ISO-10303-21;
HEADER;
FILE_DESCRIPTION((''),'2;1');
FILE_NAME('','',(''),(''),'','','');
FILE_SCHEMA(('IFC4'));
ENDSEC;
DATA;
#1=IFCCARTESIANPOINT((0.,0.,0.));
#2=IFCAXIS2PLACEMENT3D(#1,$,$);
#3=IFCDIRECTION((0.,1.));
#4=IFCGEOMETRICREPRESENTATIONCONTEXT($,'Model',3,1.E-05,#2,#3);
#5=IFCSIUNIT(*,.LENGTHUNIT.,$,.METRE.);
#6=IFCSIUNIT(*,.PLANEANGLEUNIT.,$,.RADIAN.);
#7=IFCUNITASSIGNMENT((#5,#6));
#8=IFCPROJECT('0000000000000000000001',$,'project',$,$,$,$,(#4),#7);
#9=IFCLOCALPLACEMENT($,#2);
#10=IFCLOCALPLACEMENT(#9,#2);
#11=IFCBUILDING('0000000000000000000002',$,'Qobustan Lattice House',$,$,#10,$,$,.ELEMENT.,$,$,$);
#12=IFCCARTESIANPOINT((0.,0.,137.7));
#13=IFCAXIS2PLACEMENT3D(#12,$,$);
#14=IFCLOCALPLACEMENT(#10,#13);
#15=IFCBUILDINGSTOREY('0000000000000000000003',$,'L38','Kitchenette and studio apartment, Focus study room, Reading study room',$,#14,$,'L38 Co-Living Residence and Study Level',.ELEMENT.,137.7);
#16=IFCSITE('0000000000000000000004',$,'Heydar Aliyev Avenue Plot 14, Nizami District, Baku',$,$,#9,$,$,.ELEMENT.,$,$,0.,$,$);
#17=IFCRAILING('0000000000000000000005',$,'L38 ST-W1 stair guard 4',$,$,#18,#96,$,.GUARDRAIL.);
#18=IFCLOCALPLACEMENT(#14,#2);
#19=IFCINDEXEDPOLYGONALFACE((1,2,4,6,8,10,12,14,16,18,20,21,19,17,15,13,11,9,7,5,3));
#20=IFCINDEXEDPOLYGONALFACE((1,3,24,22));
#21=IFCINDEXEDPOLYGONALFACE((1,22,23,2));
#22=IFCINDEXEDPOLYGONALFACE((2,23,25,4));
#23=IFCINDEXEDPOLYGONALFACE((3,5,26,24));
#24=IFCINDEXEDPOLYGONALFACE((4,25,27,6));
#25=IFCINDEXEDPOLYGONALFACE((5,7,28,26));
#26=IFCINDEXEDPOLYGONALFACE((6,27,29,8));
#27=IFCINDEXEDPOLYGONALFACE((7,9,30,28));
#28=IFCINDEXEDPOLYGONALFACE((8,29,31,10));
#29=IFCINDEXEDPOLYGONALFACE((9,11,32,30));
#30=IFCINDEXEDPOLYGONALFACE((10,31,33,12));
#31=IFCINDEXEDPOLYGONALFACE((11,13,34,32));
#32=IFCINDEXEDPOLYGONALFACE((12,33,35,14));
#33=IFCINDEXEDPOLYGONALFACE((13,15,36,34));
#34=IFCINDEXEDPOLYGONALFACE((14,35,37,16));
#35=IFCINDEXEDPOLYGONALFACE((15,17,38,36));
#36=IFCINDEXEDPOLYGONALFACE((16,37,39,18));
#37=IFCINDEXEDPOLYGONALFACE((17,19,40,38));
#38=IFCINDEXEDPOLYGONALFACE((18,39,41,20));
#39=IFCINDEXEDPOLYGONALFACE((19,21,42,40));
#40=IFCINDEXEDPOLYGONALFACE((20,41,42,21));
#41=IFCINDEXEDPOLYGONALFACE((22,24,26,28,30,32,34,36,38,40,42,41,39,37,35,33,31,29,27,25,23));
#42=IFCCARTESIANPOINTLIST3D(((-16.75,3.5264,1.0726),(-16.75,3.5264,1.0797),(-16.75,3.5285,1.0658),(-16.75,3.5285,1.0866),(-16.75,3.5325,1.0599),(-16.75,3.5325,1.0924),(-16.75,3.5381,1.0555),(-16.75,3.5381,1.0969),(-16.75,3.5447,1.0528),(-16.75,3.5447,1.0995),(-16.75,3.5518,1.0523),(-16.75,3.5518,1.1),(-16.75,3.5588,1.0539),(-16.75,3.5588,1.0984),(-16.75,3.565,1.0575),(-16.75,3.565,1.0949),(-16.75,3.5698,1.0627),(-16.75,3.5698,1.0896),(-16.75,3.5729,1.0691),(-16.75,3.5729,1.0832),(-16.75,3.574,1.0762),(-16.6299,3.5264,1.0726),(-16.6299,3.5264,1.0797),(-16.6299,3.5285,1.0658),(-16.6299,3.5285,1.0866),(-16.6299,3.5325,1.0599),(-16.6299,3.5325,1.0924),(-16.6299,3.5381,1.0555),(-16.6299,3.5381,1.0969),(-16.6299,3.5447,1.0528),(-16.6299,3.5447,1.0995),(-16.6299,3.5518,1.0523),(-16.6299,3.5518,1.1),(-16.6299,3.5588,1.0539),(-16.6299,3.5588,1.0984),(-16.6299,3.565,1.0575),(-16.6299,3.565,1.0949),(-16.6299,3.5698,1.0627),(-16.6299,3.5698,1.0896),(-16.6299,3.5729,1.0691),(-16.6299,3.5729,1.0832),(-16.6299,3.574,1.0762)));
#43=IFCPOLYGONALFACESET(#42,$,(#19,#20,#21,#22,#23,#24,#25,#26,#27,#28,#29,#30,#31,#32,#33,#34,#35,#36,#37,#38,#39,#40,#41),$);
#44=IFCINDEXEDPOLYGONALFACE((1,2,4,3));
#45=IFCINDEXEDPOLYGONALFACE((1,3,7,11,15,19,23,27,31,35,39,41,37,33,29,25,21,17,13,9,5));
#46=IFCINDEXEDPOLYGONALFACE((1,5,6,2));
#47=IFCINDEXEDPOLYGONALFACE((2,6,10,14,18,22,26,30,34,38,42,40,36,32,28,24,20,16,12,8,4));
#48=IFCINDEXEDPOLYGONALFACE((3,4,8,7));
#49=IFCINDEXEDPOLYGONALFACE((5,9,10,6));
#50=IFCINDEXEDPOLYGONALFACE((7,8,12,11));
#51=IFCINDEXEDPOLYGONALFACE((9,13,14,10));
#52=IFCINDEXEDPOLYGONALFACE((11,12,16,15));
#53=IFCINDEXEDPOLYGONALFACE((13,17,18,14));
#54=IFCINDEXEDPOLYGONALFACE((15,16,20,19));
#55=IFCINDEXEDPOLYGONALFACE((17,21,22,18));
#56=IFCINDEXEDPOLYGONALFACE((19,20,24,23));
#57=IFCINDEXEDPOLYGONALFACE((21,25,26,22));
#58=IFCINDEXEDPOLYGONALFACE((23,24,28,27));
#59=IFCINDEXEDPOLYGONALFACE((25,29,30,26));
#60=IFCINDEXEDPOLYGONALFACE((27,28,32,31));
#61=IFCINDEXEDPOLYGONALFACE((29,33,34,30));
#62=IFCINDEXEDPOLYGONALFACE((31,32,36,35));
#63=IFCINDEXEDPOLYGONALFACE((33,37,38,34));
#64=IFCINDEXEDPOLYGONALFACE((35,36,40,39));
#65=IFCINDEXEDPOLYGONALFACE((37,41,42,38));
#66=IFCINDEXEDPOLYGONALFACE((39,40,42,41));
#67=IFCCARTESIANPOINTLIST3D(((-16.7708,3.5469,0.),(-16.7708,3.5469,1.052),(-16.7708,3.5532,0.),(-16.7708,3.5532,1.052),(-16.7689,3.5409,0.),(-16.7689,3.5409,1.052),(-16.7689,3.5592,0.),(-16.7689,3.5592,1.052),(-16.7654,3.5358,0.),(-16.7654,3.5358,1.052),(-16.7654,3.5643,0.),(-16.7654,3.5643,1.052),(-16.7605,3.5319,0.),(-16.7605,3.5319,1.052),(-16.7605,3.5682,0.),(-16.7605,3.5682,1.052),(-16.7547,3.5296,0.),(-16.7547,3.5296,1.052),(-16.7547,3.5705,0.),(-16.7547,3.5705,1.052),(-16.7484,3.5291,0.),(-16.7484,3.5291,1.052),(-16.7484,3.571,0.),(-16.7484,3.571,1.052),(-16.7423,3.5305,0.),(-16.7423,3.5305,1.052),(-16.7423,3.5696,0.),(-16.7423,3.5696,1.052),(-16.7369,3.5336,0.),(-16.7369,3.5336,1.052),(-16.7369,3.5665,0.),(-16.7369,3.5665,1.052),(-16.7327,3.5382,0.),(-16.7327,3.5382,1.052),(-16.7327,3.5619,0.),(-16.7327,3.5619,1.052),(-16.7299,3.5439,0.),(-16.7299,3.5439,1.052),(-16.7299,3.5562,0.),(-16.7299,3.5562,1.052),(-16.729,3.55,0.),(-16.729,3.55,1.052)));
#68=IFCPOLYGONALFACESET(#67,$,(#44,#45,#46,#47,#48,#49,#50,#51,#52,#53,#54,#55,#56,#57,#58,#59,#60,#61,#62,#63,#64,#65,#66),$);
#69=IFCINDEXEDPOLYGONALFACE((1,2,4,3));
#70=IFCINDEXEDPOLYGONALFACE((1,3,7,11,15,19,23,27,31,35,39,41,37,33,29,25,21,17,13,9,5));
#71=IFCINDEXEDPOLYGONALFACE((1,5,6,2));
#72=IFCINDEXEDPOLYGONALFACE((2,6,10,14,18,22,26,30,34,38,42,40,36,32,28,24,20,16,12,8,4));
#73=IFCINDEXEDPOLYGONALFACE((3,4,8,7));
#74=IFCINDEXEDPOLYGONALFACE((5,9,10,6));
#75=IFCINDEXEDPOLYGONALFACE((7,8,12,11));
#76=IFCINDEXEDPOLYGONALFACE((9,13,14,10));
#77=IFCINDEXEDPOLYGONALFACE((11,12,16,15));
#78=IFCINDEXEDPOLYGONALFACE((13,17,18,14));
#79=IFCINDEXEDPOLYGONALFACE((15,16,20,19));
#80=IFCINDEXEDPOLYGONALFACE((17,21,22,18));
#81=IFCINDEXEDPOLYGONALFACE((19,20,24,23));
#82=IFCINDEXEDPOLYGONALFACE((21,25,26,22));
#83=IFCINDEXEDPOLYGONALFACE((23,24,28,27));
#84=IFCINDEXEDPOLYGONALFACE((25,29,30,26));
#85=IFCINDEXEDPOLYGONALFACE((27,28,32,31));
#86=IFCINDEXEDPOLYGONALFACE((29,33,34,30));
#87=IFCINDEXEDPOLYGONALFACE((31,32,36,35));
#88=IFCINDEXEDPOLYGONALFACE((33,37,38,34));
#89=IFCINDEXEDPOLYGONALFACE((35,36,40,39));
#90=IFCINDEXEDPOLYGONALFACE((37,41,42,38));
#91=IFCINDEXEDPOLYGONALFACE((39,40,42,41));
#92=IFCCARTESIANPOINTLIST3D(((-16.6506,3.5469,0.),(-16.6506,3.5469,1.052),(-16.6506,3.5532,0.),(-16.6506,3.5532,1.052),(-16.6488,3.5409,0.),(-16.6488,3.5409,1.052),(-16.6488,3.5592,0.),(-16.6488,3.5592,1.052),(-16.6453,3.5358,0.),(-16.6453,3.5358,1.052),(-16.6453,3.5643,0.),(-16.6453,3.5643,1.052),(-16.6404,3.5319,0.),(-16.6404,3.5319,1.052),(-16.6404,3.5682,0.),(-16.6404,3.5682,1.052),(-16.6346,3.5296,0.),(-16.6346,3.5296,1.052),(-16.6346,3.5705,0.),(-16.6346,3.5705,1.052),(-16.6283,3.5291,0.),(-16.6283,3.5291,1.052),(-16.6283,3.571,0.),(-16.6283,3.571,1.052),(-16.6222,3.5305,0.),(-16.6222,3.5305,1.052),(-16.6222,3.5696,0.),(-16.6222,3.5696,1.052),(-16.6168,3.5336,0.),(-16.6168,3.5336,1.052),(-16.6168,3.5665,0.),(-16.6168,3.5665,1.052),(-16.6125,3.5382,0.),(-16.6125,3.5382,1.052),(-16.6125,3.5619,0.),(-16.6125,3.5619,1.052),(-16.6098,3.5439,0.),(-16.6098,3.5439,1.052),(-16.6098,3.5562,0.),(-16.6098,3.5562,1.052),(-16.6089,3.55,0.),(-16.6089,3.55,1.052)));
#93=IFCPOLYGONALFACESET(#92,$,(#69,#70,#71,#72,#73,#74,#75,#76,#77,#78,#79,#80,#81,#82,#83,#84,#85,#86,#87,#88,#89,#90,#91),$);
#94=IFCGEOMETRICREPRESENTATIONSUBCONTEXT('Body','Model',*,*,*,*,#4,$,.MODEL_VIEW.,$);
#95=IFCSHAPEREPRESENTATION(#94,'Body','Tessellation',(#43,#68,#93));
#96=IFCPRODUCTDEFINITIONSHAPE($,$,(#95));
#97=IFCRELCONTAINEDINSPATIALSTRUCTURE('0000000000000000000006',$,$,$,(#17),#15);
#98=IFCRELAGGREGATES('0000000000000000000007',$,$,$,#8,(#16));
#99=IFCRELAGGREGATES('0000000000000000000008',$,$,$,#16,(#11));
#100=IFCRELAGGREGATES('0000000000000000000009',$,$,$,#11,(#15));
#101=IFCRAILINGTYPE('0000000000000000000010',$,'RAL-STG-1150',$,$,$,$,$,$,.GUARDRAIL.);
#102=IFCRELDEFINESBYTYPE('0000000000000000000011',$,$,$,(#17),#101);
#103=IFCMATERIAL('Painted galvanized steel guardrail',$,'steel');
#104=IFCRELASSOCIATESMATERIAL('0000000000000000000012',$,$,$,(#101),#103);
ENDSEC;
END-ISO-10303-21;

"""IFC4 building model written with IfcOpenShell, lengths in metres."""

from ifc_helpers import new_model, si_unit, direction, frame, origin, origin_2d, place, context, subcontext, project, spatial, circle, extrude, material, type_object, element, save


model = new_model("IFC4")

# Units and contexts
model_context = context("Model", 3, precision=1e-05, world=origin(), true_north=direction((0.0, 1.0)))
body_context = subcontext(model_context, "Body", "Model", "MODEL_VIEW")
ifc_project = project(units=[si_unit("LENGTHUNIT", "METRE"), si_unit("PLANEANGLEUNIT", "RADIAN")], contexts=[model_context])

# Site, building, storey
site_placement = place(None, origin())
site = spatial("IfcSite", under=ifc_project, at=site_placement, Name="Heydar Aliyev Avenue Plot 14, Nizami District, Baku", CompositionType="ELEMENT", RefElevation=0.0)
building_placement = place(site_placement, origin())
building = spatial("IfcBuilding", under=site, at=building_placement, Name="Qobustan Lattice House", CompositionType="ELEMENT")
storey_placement = place(building_placement, frame((0.0, 0.0, 137.7)))
storey = spatial("IfcBuildingStorey", under=building, at=storey_placement, Name="L38", Description="Kitchenette and studio apartment, Focus study room, Reading study room", LongName="L38 Co-Living Residence and Study Level", CompositionType="ELEMENT", Elevation=137.7)

# Railing
ifc_material_1 = material(Name="Painted galvanized steel guardrail", Category="steel")
railing_type_1 = type_object("IfcRailingType", Name="RAL-STG-1150", PredefinedType="GUARDRAIL", material=ifc_material_1)
railing_1_placement = place(storey_placement, frame((-16.75, 3.55, 0.0)))
element("IfcRailing", 1, at=railing_1_placement, inside=storey, type_object=railing_type_1, Name="L38 ST-W1 stair guard 4", PredefinedType="GUARDRAIL", context=body_context, shape_type="SweptSolid", body=[
    extrude(circle(Radius=0.0239, at=origin_2d()), frame((0.0, 0.0, 1.0762), z_axis=(1.0, 0.0, 0.0), x_axis=(0.0, 1.0, 0.0)), (0.0, 0.0, 1.0), 0.1201),
    extrude(circle(Radius=0.021, at=origin_2d()), origin(), (0.0, 0.0, 1.0), 1.052),
    extrude(circle(Radius=0.021, at=origin_2d()), frame((0.1201, 0.0, 0.0)), (0.0, 0.0, 1.0), 1.052),
])

save(model, "model.ifc")
